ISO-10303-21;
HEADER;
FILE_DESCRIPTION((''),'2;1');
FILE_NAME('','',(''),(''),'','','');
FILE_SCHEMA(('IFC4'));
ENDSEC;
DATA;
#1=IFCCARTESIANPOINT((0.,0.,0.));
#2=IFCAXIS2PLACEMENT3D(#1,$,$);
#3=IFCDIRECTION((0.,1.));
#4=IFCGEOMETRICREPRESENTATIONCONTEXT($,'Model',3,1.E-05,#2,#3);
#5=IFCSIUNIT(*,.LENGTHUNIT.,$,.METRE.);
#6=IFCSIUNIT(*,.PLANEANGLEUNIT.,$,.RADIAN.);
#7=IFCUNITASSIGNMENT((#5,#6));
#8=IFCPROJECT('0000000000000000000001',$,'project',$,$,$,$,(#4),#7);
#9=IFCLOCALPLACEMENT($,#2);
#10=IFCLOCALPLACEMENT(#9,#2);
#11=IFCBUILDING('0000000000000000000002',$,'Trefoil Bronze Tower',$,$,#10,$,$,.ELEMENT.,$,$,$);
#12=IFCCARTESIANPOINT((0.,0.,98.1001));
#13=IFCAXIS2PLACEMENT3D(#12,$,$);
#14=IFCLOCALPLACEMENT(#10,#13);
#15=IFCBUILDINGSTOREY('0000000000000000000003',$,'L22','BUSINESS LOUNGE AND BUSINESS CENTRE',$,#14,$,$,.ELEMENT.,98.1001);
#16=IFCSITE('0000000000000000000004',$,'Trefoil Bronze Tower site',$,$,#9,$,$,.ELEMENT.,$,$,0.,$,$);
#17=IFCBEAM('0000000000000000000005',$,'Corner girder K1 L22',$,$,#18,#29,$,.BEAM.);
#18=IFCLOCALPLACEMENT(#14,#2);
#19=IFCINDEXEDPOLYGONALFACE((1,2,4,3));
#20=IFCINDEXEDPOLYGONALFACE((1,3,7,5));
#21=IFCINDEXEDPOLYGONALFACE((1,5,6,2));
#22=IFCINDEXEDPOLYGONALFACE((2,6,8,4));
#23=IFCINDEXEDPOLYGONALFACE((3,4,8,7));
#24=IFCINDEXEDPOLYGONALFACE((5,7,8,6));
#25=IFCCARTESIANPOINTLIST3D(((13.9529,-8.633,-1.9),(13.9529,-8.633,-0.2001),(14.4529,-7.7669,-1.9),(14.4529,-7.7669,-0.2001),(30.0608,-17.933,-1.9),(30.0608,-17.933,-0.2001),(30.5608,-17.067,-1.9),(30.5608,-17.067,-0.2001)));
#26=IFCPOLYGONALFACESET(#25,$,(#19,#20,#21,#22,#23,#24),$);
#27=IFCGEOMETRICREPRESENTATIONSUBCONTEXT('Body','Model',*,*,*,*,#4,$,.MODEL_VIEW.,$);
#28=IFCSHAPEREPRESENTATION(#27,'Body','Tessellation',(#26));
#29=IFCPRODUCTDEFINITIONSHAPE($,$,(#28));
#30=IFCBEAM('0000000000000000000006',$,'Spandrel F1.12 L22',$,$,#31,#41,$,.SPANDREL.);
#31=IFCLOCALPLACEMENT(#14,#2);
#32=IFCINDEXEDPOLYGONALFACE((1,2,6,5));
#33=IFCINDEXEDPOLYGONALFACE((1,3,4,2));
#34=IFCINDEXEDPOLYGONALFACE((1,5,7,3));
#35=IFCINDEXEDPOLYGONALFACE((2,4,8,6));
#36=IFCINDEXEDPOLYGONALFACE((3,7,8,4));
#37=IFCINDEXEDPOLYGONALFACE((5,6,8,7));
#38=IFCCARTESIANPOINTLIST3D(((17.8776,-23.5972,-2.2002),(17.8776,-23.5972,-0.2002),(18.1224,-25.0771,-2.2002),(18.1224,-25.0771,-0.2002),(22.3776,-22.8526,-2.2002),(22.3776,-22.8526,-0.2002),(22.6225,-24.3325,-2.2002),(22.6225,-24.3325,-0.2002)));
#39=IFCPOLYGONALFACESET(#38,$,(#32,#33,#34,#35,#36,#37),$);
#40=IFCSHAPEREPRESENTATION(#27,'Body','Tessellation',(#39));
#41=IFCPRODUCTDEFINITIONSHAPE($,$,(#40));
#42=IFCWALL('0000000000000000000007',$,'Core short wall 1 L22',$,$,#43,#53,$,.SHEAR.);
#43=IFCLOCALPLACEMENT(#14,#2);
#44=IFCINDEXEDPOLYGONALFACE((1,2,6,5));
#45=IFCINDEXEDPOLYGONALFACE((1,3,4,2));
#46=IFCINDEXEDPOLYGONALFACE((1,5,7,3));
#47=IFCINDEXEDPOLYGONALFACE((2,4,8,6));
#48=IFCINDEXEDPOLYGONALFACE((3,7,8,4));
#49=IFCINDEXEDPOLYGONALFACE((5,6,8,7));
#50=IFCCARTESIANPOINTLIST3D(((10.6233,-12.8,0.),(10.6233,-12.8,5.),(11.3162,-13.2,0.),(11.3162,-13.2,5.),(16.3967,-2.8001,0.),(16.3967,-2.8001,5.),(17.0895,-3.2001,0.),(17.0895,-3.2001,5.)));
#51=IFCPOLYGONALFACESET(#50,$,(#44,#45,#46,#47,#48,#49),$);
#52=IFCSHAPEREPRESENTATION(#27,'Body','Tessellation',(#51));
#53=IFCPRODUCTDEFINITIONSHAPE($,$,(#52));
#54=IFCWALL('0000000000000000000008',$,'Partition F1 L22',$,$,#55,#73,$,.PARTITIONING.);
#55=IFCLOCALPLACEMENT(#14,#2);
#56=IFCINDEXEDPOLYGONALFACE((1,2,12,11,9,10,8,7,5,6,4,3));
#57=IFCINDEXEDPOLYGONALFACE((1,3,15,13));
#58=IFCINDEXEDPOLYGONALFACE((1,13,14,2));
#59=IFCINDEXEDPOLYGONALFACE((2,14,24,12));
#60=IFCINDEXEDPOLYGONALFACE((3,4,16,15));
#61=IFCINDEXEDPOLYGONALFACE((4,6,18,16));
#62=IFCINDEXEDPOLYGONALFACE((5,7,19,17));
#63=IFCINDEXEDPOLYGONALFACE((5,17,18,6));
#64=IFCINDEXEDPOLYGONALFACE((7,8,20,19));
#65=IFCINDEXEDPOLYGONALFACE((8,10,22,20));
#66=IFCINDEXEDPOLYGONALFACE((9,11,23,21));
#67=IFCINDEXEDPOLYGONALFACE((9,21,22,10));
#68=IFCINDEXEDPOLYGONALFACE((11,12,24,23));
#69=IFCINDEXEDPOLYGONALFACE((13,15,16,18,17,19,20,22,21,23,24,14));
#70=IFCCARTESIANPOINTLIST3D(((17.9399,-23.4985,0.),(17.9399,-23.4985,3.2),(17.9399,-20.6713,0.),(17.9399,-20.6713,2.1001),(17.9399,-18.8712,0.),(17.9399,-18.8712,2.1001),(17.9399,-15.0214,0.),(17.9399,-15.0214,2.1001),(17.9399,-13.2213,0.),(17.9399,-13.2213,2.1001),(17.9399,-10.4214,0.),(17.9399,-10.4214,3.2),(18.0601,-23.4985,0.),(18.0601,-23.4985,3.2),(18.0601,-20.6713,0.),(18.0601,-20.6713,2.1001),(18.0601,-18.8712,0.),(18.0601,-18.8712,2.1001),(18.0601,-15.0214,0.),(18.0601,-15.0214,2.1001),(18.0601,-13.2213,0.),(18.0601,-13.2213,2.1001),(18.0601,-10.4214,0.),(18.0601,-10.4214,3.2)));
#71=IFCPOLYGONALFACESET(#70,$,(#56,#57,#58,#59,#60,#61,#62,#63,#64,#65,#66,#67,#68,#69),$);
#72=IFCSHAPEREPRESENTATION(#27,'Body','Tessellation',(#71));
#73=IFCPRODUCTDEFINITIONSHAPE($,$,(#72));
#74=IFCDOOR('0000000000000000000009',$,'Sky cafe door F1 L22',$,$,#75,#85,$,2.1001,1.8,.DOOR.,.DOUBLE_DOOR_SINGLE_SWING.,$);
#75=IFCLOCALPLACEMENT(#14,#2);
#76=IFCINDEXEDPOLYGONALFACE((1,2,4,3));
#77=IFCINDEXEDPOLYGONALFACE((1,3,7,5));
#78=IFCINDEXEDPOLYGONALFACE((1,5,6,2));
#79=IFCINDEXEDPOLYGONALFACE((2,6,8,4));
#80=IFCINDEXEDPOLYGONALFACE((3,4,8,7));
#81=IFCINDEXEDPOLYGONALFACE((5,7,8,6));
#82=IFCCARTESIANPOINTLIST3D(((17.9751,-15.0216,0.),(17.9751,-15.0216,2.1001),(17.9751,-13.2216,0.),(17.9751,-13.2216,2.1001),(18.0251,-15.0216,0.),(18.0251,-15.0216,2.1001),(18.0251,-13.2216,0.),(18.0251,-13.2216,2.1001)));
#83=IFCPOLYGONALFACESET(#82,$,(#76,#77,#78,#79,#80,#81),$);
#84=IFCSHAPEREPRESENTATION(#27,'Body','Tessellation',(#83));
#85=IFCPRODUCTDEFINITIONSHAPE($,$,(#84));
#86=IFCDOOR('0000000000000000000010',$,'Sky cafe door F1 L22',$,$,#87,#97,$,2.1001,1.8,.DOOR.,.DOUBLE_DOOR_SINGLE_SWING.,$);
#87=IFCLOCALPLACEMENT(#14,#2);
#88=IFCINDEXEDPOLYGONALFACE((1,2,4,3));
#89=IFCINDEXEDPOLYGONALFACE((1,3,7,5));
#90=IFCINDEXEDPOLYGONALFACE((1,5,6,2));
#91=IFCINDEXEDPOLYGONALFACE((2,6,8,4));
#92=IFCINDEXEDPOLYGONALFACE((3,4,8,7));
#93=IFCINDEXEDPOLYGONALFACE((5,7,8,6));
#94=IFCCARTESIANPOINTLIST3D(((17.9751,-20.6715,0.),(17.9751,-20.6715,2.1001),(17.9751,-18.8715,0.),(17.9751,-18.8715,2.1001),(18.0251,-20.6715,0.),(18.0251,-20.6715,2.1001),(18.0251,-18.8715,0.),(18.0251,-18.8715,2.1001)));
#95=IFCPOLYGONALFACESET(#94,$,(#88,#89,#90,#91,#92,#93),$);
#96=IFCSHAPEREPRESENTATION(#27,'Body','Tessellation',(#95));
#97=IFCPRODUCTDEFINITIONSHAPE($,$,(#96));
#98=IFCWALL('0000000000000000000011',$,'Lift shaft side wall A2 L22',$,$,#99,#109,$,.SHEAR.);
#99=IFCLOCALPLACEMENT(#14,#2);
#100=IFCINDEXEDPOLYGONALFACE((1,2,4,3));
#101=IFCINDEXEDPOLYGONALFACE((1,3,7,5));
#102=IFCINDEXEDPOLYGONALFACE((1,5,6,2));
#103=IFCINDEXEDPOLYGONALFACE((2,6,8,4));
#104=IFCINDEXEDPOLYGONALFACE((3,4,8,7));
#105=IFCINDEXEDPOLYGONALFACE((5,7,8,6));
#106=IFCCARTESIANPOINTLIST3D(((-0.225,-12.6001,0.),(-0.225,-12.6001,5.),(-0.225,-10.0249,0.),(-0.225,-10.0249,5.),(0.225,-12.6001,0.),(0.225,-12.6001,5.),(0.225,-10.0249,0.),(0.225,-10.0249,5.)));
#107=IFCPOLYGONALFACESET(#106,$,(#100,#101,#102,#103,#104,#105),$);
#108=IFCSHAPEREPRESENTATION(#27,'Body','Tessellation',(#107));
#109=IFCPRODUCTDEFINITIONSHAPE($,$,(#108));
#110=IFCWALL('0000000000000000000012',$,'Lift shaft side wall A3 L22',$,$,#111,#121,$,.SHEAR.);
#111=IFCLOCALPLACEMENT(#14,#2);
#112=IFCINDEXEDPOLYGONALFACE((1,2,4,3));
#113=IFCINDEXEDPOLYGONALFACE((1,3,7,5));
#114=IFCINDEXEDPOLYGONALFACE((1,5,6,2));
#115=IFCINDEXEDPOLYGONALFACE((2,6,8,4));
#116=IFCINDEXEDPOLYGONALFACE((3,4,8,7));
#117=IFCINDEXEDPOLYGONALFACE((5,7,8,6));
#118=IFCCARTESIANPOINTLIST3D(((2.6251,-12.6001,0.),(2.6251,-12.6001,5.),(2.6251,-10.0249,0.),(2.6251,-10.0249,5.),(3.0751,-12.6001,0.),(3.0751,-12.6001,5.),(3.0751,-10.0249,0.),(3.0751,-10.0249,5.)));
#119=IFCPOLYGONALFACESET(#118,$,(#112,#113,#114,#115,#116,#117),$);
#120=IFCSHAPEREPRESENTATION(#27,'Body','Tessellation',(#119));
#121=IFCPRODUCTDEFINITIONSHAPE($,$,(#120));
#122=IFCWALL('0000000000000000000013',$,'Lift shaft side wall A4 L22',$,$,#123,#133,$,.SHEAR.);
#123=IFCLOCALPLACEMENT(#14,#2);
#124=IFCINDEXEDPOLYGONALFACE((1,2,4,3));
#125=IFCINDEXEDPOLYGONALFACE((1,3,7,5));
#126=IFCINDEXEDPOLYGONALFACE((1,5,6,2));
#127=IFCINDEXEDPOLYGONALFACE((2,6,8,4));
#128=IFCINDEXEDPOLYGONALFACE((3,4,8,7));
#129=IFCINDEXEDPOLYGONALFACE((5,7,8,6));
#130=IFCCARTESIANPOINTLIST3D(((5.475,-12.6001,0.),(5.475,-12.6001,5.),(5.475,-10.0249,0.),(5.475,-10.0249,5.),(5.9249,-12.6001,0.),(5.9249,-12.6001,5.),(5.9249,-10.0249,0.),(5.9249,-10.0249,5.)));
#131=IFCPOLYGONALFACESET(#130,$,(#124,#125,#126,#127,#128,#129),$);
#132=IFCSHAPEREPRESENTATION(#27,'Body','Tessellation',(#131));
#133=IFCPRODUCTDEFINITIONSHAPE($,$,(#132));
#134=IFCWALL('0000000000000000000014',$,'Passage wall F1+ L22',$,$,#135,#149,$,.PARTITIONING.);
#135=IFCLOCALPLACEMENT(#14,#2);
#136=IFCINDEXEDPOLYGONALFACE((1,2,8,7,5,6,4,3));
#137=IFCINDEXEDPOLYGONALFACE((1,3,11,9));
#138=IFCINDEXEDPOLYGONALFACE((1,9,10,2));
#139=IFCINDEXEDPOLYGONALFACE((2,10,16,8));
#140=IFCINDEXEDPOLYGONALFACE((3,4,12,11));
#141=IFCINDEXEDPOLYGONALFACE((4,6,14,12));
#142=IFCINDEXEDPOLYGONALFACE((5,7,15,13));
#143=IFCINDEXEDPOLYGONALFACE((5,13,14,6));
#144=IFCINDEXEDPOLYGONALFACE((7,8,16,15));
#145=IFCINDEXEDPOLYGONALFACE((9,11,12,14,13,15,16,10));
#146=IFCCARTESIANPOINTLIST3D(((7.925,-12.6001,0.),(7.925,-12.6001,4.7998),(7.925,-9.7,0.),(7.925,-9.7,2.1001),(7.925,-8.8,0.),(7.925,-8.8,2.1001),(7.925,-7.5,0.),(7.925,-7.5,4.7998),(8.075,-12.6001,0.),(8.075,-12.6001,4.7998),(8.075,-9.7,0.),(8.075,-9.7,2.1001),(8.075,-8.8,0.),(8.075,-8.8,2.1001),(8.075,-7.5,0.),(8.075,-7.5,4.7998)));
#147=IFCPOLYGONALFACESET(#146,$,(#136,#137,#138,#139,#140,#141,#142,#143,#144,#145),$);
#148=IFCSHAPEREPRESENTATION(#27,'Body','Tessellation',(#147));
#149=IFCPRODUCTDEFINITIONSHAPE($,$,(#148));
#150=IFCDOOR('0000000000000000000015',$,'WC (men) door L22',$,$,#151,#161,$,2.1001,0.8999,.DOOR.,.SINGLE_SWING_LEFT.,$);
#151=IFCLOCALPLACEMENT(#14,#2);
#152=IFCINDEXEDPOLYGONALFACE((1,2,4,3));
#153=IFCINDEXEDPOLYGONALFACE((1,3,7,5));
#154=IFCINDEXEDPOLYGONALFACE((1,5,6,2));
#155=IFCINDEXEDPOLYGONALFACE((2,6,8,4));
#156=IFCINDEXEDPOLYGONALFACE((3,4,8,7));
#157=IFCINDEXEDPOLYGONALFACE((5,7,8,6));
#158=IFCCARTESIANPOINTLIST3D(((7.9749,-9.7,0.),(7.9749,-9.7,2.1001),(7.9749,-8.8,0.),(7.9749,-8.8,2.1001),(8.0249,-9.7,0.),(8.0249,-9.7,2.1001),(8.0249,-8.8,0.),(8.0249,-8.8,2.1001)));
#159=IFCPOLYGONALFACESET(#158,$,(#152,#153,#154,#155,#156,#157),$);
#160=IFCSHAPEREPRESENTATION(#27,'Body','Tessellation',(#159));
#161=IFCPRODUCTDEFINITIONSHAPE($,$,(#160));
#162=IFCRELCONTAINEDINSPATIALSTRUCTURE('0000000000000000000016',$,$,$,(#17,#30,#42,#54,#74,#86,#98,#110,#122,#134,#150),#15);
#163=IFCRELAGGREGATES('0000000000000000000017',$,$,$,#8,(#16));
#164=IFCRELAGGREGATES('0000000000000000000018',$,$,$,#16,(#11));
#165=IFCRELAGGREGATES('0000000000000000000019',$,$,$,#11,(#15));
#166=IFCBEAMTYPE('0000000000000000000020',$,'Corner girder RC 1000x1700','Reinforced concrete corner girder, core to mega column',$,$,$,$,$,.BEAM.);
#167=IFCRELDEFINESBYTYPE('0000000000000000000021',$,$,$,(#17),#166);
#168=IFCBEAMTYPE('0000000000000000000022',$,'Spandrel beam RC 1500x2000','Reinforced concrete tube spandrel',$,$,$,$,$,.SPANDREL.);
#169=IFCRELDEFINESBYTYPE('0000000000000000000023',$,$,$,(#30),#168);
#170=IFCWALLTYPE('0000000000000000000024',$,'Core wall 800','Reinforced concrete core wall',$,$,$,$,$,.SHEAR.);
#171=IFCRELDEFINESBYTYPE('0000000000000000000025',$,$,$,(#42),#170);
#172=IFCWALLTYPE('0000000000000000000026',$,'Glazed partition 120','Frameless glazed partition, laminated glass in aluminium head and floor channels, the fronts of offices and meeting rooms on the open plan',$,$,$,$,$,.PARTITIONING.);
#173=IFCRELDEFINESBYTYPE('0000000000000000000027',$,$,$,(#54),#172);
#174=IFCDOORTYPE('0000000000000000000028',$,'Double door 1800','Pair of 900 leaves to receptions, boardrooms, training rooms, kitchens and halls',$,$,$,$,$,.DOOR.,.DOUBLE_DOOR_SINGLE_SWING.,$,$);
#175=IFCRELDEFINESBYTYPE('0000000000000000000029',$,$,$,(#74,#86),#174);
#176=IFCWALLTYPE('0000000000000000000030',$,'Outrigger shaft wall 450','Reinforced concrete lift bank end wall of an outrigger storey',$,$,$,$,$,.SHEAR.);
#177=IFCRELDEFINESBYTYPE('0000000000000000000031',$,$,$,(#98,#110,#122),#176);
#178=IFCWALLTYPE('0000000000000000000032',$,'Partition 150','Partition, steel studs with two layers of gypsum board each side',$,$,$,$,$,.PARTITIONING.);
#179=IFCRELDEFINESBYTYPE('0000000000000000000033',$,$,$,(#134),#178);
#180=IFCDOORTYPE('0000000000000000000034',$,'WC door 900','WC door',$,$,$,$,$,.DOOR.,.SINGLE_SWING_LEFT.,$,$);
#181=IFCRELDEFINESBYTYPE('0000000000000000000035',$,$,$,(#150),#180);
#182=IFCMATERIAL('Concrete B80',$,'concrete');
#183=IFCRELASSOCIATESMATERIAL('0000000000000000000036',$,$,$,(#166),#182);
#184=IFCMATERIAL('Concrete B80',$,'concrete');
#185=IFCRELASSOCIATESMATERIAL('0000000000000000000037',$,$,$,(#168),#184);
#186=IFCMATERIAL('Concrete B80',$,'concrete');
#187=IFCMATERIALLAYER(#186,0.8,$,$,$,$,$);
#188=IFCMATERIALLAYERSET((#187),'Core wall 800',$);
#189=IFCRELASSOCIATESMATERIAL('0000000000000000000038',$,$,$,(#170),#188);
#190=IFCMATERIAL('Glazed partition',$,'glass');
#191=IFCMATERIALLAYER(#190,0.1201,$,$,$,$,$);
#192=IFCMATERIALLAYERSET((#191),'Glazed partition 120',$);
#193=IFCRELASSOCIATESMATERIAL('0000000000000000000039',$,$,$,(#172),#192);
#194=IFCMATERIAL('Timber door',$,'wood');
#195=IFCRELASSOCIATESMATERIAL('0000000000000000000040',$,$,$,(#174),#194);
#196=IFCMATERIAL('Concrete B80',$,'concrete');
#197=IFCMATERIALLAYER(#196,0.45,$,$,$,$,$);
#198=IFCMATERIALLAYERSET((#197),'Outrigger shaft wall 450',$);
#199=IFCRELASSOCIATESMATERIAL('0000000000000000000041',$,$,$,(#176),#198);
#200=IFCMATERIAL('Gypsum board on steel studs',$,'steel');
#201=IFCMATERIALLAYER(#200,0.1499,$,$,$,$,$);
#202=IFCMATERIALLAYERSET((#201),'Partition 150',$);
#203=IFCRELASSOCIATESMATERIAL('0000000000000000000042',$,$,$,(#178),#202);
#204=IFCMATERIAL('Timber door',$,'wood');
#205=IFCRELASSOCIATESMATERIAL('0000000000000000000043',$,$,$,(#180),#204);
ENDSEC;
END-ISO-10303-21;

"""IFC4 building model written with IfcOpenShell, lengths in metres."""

from ifc_helpers import new_model, si_unit, direction, frame, frame_2d, origin, origin_2d, place, context, subcontext, project, spatial, rectangle, extrude, material, layer, layer_set, material_profile, profile_set, type_object, element, fill, save


model = new_model("IFC4")

# Units and contexts
model_context = context("Model", 3, precision=1e-05, world=origin(), true_north=direction((0.0, 1.0)))
body_context = subcontext(model_context, "Body", "Model", "MODEL_VIEW")
ifc_project = project(units=[si_unit("LENGTHUNIT", "METRE"), si_unit("PLANEANGLEUNIT", "RADIAN")], contexts=[model_context])

# Site, building, storey
site_placement = place(None, origin())
site = spatial("IfcSite", under=ifc_project, at=site_placement, Name="Trefoil Bronze Tower site", CompositionType="ELEMENT", RefElevation=0.0)
building_placement = place(site_placement, origin())
building = spatial("IfcBuilding", under=site, at=building_placement, Name="Trefoil Bronze Tower", CompositionType="ELEMENT")
storey_placement = place(building_placement, frame((0.0, 0.0, 98.1001)))
storey = spatial("IfcBuildingStorey", under=building, at=storey_placement, Name="L22", Description="BUSINESS LOUNGE AND BUSINESS CENTRE", CompositionType="ELEMENT", Elevation=98.1001)

# Beams
ifc_material_1 = material(Name="Concrete B80", Category="concrete")
ifc_material_profile_1 = material_profile(ifc_material_1, rectangle(XDim=1.0, YDim=1.7, at=origin_2d()), Name="RC 1000x1700")
ifc_profile_set_1 = profile_set([ifc_material_profile_1], Name="Concrete B80")
beam_type_1 = type_object("IfcBeamType", Name="Corner girder RC 1000x1700", Description="Reinforced concrete corner girder, core to mega column", PredefinedType="BEAM", material=ifc_profile_set_1)
beam_1_placement = place(storey_placement, frame((14.2029, -8.2, -1.05), z_axis=(0.866022, -0.500006, 0.0), x_axis=(0.500006, 0.866022, 0.0)))
element("IfcBeam", 1, at=beam_1_placement, inside=storey, type_object=beam_type_1, Name="Corner girder K1 L22", PredefinedType="BEAM", context=body_context, shape_type="SweptSolid", body=[
    extrude(rectangle(XDim=1.0, YDim=1.7, at=origin_2d()), origin(), (0.0, 0.0, 1.0), 18.5999),
])
ifc_material_2 = material(Name="Concrete B80", Category="concrete")
ifc_material_profile_2 = material_profile(ifc_material_2, rectangle(XDim=1.5, YDim=2.0, at=origin_2d()), Name="RC 1500x2000")
ifc_profile_set_2 = profile_set([ifc_material_profile_2], Name="Concrete B80")
beam_type_2 = type_object("IfcBeamType", Name="Spandrel beam RC 1500x2000", Description="Reinforced concrete tube spandrel", PredefinedType="SPANDREL", material=ifc_profile_set_2)
beam_2_placement = place(storey_placement, frame((18.0, -24.3372, -1.2002), z_axis=(0.986584, 0.163253, 0.0), x_axis=(-0.163253, 0.986584, 0.0)))
element("IfcBeam", 2, at=beam_2_placement, inside=storey, type_object=beam_type_2, Name="Spandrel F1.12 L22", PredefinedType="SPANDREL", context=body_context, shape_type="SweptSolid", body=[
    extrude(rectangle(XDim=1.5, YDim=2.0, at=origin_2d()), origin(), (0.0, 0.0, 1.0), 4.5613),
])

# Wall
ifc_material_3 = material(Name="Concrete B80", Category="concrete")
ifc_layer_1 = layer(ifc_material_3, 0.8)
ifc_layer_set_1 = layer_set([ifc_layer_1], Name="Core wall 800")
wall_type_1 = type_object("IfcWallType", Name="Core wall 800", Description="Reinforced concrete core wall", PredefinedType="SHEAR", material=ifc_layer_set_1)
wall_1_placement = place(storey_placement, frame((10.9697, -13.0, 0.0), z_axis=(0.0, 0.0, 1.0), x_axis=(0.499996, 0.866028, 0.0)))
element("IfcWall", 3, at=wall_1_placement, inside=storey, type_object=wall_type_1, Name="Core short wall 1 L22", PredefinedType="SHEAR", context=body_context, shape_type="SweptSolid", body=[
    extrude(rectangle(XDim=11.5469, YDim=0.8, at=frame_2d((5.7734, 0.0))), origin(), (0.0, 0.0, 1.0), 5.0),
])

# Wall, openings, doors
ifc_material_4 = material(Name="Glazed partition", Category="glass")
ifc_layer_2 = layer(ifc_material_4, 0.1201)
ifc_layer_set_2 = layer_set([ifc_layer_2], Name="Glazed partition 120")
wall_type_2 = type_object("IfcWallType", Name="Glazed partition 120", Description="Frameless glazed partition, laminated glass in aluminium head and floor channels, the fronts of offices and meeting rooms on the open plan", PredefinedType="PARTITIONING", material=ifc_layer_set_2)
wall_2_placement = place(storey_placement, frame((18.0, -10.4214, 0.0), z_axis=(0.0, 0.0, 1.0), x_axis=(0.0, -1.0, 0.0)))
wall_2 = element("IfcWall", 4, at=wall_2_placement, inside=storey, type_object=wall_type_2, Name="Partition F1 L22", PredefinedType="PARTITIONING", context=body_context, shape_type="SweptSolid", body=[
    extrude(rectangle(XDim=13.0771, YDim=0.1201, at=frame_2d((6.5386, 0.0))), origin(), (0.0, 0.0, 1.0), 3.2),
])
opening_1_placement = place(wall_2_placement, frame((2.8, 0.0, 0.0)))
opening_1 = element("IfcOpeningElement", 5, at=opening_1_placement, cuts=wall_2, PredefinedType="OPENING", context=body_context, shape_type="SweptSolid", body=[
    extrude(rectangle(XDim=1.8, YDim=2.1001, at=frame_2d((0.8999, 1.05))), frame((0.0, 0.0701, 0.0), z_axis=(0.0, -1.0, 0.0), x_axis=(1.0, 0.0, 0.0)), (0.0, 0.0, 1.0), 0.1401),
])
opening_2_placement = place(wall_2_placement, frame((8.45, 0.0, 0.0)))
opening_2 = element("IfcOpeningElement", 6, at=opening_2_placement, cuts=wall_2, PredefinedType="OPENING", context=body_context, shape_type="SweptSolid", body=[
    extrude(rectangle(XDim=1.8, YDim=2.1001, at=frame_2d((0.8999, 1.05))), frame((0.0, 0.0701, 0.0), z_axis=(0.0, -1.0, 0.0), x_axis=(1.0, 0.0, 0.0)), (0.0, 0.0, 1.0), 0.1401),
])
ifc_material_5 = material(Name="Timber door", Category="wood")
door_type_1 = type_object("IfcDoorType", Name="Double door 1800", Description="Pair of 900 leaves to receptions, boardrooms, training rooms, kitchens and halls", OperationType="DOUBLE_DOOR_SINGLE_SWING", PredefinedType="DOOR", material=ifc_material_5)
door_1_placement = place(opening_1_placement, frame((1.8, 0.0, 0.0), z_axis=(0.0, 0.0, 1.0), x_axis=(-1.0, 0.0, 0.0)))
door_1 = element("IfcDoor", 7, at=door_1_placement, inside=storey, type_object=door_type_1, Name="Sky cafe door F1 L22", OperationType="DOUBLE_DOOR_SINGLE_SWING", OverallHeight=2.1001, OverallWidth=1.8, PredefinedType="DOOR", context=body_context, shape_type="SweptSolid", body=[
    extrude(rectangle(XDim=1.8, YDim=2.1001, at=frame_2d((0.8999, 1.05))), frame((0.0, 0.0249, 0.0), z_axis=(0.0, -1.0, 0.0), x_axis=(1.0, 0.0, 0.0)), (0.0, 0.0, 1.0), 0.05),
])
fill(opening_1, door_1)
door_2_placement = place(opening_2_placement, frame((1.8, 0.0, 0.0), z_axis=(0.0, 0.0, 1.0), x_axis=(-1.0, 0.0, 0.0)))
door_2 = element("IfcDoor", 8, at=door_2_placement, inside=storey, type_object=door_type_1, Name="Sky cafe door F1 L22", OperationType="DOUBLE_DOOR_SINGLE_SWING", OverallHeight=2.1001, OverallWidth=1.8, PredefinedType="DOOR", context=body_context, shape_type="SweptSolid", body=[
    extrude(rectangle(XDim=1.8, YDim=2.1001, at=frame_2d((0.8999, 1.05))), frame((0.0, 0.0249, 0.0), z_axis=(0.0, -1.0, 0.0), x_axis=(1.0, 0.0, 0.0)), (0.0, 0.0, 1.0), 0.05),
])
fill(opening_2, door_2)

# Walls
ifc_material_6 = material(Name="Concrete B80", Category="concrete")
ifc_layer_3 = layer(ifc_material_6, 0.45)
ifc_layer_set_3 = layer_set([ifc_layer_3], Name="Outrigger shaft wall 450")
wall_type_3 = type_object("IfcWallType", Name="Outrigger shaft wall 450", Description="Reinforced concrete lift bank end wall of an outrigger storey", PredefinedType="SHEAR", material=ifc_layer_set_3)
for number, where, z_axis, x_axis, name in (
    (9, (0.0, -10.0249, 0.0), (0.0, 0.0, 1.0), (0.0, -1.0, 0.0), "Lift shaft side wall A2 L22"),
    (10, (2.8501, -10.0249, 0.0), (0.0, 0.0, 1.0), (0.0, -1.0, 0.0), "Lift shaft side wall A3 L22"),
    (11, (5.7, -10.0249, 0.0), (0.0, 0.0, 1.0), (0.0, -1.0, 0.0), "Lift shaft side wall A4 L22"),
):
    element("IfcWall", number, at=place(storey_placement, frame(where, z_axis=z_axis, x_axis=x_axis)), inside=storey, type_object=wall_type_3, Name=name, PredefinedType="SHEAR", context=body_context, shape_type="SweptSolid", body=[
        extrude(rectangle(XDim=2.5752, YDim=0.45, at=frame_2d((1.2876, 0.0))), origin(), (0.0, 0.0, 1.0), 5.0),
    ])

# Wall, opening, door
ifc_material_7 = material(Name="Gypsum board on steel studs", Category="steel")
ifc_layer_4 = layer(ifc_material_7, 0.1499)
ifc_layer_set_4 = layer_set([ifc_layer_4], Name="Partition 150")
wall_type_4 = type_object("IfcWallType", Name="Partition 150", Description="Partition, steel studs with two layers of gypsum board each side", PredefinedType="PARTITIONING", material=ifc_layer_set_4)
wall_3_placement = place(storey_placement, frame((8.0, -7.5, 0.0), z_axis=(0.0, 0.0, 1.0), x_axis=(0.0, -1.0, 0.0)))
wall_3 = element("IfcWall", 12, at=wall_3_placement, inside=storey, type_object=wall_type_4, Name="Passage wall F1+ L22", PredefinedType="PARTITIONING", context=body_context, shape_type="SweptSolid", body=[
    extrude(rectangle(XDim=5.1001, YDim=0.1499, at=frame_2d((2.55, 0.0))), origin(), (0.0, 0.0, 1.0), 4.7998),
])
opening_3_placement = place(wall_3_placement, frame((1.3, 0.0, 0.0)))
opening_3 = element("IfcOpeningElement", 13, at=opening_3_placement, cuts=wall_3, PredefinedType="OPENING", context=body_context, shape_type="SweptSolid", body=[
    extrude(rectangle(XDim=0.8999, YDim=2.1001, at=frame_2d((0.45, 1.05))), frame((0.0, 0.085, 0.0), z_axis=(0.0, -1.0, 0.0), x_axis=(1.0, 0.0, 0.0)), (0.0, 0.0, 1.0), 0.1699),
])
ifc_material_8 = material(Name="Timber door", Category="wood")
door_type_2 = type_object("IfcDoorType", Name="WC door 900", Description="WC door", OperationType="SINGLE_SWING_LEFT", PredefinedType="DOOR", material=ifc_material_8)
door_3_placement = place(opening_3_placement, origin())
door_3 = element("IfcDoor", 14, at=door_3_placement, inside=storey, type_object=door_type_2, Name="WC (men) door L22", OperationType="SINGLE_SWING_LEFT", OverallHeight=2.1001, OverallWidth=0.8999, PredefinedType="DOOR", context=body_context, shape_type="SweptSolid", body=[
    extrude(rectangle(XDim=0.8999, YDim=2.1001, at=frame_2d((0.45, 1.05))), frame((0.0, 0.0249, 0.0), z_axis=(0.0, -1.0, 0.0), x_axis=(1.0, 0.0, 0.0)), (0.0, 0.0, 1.0), 0.05),
])
fill(opening_3, door_3)

save(model, "model.ifc")
